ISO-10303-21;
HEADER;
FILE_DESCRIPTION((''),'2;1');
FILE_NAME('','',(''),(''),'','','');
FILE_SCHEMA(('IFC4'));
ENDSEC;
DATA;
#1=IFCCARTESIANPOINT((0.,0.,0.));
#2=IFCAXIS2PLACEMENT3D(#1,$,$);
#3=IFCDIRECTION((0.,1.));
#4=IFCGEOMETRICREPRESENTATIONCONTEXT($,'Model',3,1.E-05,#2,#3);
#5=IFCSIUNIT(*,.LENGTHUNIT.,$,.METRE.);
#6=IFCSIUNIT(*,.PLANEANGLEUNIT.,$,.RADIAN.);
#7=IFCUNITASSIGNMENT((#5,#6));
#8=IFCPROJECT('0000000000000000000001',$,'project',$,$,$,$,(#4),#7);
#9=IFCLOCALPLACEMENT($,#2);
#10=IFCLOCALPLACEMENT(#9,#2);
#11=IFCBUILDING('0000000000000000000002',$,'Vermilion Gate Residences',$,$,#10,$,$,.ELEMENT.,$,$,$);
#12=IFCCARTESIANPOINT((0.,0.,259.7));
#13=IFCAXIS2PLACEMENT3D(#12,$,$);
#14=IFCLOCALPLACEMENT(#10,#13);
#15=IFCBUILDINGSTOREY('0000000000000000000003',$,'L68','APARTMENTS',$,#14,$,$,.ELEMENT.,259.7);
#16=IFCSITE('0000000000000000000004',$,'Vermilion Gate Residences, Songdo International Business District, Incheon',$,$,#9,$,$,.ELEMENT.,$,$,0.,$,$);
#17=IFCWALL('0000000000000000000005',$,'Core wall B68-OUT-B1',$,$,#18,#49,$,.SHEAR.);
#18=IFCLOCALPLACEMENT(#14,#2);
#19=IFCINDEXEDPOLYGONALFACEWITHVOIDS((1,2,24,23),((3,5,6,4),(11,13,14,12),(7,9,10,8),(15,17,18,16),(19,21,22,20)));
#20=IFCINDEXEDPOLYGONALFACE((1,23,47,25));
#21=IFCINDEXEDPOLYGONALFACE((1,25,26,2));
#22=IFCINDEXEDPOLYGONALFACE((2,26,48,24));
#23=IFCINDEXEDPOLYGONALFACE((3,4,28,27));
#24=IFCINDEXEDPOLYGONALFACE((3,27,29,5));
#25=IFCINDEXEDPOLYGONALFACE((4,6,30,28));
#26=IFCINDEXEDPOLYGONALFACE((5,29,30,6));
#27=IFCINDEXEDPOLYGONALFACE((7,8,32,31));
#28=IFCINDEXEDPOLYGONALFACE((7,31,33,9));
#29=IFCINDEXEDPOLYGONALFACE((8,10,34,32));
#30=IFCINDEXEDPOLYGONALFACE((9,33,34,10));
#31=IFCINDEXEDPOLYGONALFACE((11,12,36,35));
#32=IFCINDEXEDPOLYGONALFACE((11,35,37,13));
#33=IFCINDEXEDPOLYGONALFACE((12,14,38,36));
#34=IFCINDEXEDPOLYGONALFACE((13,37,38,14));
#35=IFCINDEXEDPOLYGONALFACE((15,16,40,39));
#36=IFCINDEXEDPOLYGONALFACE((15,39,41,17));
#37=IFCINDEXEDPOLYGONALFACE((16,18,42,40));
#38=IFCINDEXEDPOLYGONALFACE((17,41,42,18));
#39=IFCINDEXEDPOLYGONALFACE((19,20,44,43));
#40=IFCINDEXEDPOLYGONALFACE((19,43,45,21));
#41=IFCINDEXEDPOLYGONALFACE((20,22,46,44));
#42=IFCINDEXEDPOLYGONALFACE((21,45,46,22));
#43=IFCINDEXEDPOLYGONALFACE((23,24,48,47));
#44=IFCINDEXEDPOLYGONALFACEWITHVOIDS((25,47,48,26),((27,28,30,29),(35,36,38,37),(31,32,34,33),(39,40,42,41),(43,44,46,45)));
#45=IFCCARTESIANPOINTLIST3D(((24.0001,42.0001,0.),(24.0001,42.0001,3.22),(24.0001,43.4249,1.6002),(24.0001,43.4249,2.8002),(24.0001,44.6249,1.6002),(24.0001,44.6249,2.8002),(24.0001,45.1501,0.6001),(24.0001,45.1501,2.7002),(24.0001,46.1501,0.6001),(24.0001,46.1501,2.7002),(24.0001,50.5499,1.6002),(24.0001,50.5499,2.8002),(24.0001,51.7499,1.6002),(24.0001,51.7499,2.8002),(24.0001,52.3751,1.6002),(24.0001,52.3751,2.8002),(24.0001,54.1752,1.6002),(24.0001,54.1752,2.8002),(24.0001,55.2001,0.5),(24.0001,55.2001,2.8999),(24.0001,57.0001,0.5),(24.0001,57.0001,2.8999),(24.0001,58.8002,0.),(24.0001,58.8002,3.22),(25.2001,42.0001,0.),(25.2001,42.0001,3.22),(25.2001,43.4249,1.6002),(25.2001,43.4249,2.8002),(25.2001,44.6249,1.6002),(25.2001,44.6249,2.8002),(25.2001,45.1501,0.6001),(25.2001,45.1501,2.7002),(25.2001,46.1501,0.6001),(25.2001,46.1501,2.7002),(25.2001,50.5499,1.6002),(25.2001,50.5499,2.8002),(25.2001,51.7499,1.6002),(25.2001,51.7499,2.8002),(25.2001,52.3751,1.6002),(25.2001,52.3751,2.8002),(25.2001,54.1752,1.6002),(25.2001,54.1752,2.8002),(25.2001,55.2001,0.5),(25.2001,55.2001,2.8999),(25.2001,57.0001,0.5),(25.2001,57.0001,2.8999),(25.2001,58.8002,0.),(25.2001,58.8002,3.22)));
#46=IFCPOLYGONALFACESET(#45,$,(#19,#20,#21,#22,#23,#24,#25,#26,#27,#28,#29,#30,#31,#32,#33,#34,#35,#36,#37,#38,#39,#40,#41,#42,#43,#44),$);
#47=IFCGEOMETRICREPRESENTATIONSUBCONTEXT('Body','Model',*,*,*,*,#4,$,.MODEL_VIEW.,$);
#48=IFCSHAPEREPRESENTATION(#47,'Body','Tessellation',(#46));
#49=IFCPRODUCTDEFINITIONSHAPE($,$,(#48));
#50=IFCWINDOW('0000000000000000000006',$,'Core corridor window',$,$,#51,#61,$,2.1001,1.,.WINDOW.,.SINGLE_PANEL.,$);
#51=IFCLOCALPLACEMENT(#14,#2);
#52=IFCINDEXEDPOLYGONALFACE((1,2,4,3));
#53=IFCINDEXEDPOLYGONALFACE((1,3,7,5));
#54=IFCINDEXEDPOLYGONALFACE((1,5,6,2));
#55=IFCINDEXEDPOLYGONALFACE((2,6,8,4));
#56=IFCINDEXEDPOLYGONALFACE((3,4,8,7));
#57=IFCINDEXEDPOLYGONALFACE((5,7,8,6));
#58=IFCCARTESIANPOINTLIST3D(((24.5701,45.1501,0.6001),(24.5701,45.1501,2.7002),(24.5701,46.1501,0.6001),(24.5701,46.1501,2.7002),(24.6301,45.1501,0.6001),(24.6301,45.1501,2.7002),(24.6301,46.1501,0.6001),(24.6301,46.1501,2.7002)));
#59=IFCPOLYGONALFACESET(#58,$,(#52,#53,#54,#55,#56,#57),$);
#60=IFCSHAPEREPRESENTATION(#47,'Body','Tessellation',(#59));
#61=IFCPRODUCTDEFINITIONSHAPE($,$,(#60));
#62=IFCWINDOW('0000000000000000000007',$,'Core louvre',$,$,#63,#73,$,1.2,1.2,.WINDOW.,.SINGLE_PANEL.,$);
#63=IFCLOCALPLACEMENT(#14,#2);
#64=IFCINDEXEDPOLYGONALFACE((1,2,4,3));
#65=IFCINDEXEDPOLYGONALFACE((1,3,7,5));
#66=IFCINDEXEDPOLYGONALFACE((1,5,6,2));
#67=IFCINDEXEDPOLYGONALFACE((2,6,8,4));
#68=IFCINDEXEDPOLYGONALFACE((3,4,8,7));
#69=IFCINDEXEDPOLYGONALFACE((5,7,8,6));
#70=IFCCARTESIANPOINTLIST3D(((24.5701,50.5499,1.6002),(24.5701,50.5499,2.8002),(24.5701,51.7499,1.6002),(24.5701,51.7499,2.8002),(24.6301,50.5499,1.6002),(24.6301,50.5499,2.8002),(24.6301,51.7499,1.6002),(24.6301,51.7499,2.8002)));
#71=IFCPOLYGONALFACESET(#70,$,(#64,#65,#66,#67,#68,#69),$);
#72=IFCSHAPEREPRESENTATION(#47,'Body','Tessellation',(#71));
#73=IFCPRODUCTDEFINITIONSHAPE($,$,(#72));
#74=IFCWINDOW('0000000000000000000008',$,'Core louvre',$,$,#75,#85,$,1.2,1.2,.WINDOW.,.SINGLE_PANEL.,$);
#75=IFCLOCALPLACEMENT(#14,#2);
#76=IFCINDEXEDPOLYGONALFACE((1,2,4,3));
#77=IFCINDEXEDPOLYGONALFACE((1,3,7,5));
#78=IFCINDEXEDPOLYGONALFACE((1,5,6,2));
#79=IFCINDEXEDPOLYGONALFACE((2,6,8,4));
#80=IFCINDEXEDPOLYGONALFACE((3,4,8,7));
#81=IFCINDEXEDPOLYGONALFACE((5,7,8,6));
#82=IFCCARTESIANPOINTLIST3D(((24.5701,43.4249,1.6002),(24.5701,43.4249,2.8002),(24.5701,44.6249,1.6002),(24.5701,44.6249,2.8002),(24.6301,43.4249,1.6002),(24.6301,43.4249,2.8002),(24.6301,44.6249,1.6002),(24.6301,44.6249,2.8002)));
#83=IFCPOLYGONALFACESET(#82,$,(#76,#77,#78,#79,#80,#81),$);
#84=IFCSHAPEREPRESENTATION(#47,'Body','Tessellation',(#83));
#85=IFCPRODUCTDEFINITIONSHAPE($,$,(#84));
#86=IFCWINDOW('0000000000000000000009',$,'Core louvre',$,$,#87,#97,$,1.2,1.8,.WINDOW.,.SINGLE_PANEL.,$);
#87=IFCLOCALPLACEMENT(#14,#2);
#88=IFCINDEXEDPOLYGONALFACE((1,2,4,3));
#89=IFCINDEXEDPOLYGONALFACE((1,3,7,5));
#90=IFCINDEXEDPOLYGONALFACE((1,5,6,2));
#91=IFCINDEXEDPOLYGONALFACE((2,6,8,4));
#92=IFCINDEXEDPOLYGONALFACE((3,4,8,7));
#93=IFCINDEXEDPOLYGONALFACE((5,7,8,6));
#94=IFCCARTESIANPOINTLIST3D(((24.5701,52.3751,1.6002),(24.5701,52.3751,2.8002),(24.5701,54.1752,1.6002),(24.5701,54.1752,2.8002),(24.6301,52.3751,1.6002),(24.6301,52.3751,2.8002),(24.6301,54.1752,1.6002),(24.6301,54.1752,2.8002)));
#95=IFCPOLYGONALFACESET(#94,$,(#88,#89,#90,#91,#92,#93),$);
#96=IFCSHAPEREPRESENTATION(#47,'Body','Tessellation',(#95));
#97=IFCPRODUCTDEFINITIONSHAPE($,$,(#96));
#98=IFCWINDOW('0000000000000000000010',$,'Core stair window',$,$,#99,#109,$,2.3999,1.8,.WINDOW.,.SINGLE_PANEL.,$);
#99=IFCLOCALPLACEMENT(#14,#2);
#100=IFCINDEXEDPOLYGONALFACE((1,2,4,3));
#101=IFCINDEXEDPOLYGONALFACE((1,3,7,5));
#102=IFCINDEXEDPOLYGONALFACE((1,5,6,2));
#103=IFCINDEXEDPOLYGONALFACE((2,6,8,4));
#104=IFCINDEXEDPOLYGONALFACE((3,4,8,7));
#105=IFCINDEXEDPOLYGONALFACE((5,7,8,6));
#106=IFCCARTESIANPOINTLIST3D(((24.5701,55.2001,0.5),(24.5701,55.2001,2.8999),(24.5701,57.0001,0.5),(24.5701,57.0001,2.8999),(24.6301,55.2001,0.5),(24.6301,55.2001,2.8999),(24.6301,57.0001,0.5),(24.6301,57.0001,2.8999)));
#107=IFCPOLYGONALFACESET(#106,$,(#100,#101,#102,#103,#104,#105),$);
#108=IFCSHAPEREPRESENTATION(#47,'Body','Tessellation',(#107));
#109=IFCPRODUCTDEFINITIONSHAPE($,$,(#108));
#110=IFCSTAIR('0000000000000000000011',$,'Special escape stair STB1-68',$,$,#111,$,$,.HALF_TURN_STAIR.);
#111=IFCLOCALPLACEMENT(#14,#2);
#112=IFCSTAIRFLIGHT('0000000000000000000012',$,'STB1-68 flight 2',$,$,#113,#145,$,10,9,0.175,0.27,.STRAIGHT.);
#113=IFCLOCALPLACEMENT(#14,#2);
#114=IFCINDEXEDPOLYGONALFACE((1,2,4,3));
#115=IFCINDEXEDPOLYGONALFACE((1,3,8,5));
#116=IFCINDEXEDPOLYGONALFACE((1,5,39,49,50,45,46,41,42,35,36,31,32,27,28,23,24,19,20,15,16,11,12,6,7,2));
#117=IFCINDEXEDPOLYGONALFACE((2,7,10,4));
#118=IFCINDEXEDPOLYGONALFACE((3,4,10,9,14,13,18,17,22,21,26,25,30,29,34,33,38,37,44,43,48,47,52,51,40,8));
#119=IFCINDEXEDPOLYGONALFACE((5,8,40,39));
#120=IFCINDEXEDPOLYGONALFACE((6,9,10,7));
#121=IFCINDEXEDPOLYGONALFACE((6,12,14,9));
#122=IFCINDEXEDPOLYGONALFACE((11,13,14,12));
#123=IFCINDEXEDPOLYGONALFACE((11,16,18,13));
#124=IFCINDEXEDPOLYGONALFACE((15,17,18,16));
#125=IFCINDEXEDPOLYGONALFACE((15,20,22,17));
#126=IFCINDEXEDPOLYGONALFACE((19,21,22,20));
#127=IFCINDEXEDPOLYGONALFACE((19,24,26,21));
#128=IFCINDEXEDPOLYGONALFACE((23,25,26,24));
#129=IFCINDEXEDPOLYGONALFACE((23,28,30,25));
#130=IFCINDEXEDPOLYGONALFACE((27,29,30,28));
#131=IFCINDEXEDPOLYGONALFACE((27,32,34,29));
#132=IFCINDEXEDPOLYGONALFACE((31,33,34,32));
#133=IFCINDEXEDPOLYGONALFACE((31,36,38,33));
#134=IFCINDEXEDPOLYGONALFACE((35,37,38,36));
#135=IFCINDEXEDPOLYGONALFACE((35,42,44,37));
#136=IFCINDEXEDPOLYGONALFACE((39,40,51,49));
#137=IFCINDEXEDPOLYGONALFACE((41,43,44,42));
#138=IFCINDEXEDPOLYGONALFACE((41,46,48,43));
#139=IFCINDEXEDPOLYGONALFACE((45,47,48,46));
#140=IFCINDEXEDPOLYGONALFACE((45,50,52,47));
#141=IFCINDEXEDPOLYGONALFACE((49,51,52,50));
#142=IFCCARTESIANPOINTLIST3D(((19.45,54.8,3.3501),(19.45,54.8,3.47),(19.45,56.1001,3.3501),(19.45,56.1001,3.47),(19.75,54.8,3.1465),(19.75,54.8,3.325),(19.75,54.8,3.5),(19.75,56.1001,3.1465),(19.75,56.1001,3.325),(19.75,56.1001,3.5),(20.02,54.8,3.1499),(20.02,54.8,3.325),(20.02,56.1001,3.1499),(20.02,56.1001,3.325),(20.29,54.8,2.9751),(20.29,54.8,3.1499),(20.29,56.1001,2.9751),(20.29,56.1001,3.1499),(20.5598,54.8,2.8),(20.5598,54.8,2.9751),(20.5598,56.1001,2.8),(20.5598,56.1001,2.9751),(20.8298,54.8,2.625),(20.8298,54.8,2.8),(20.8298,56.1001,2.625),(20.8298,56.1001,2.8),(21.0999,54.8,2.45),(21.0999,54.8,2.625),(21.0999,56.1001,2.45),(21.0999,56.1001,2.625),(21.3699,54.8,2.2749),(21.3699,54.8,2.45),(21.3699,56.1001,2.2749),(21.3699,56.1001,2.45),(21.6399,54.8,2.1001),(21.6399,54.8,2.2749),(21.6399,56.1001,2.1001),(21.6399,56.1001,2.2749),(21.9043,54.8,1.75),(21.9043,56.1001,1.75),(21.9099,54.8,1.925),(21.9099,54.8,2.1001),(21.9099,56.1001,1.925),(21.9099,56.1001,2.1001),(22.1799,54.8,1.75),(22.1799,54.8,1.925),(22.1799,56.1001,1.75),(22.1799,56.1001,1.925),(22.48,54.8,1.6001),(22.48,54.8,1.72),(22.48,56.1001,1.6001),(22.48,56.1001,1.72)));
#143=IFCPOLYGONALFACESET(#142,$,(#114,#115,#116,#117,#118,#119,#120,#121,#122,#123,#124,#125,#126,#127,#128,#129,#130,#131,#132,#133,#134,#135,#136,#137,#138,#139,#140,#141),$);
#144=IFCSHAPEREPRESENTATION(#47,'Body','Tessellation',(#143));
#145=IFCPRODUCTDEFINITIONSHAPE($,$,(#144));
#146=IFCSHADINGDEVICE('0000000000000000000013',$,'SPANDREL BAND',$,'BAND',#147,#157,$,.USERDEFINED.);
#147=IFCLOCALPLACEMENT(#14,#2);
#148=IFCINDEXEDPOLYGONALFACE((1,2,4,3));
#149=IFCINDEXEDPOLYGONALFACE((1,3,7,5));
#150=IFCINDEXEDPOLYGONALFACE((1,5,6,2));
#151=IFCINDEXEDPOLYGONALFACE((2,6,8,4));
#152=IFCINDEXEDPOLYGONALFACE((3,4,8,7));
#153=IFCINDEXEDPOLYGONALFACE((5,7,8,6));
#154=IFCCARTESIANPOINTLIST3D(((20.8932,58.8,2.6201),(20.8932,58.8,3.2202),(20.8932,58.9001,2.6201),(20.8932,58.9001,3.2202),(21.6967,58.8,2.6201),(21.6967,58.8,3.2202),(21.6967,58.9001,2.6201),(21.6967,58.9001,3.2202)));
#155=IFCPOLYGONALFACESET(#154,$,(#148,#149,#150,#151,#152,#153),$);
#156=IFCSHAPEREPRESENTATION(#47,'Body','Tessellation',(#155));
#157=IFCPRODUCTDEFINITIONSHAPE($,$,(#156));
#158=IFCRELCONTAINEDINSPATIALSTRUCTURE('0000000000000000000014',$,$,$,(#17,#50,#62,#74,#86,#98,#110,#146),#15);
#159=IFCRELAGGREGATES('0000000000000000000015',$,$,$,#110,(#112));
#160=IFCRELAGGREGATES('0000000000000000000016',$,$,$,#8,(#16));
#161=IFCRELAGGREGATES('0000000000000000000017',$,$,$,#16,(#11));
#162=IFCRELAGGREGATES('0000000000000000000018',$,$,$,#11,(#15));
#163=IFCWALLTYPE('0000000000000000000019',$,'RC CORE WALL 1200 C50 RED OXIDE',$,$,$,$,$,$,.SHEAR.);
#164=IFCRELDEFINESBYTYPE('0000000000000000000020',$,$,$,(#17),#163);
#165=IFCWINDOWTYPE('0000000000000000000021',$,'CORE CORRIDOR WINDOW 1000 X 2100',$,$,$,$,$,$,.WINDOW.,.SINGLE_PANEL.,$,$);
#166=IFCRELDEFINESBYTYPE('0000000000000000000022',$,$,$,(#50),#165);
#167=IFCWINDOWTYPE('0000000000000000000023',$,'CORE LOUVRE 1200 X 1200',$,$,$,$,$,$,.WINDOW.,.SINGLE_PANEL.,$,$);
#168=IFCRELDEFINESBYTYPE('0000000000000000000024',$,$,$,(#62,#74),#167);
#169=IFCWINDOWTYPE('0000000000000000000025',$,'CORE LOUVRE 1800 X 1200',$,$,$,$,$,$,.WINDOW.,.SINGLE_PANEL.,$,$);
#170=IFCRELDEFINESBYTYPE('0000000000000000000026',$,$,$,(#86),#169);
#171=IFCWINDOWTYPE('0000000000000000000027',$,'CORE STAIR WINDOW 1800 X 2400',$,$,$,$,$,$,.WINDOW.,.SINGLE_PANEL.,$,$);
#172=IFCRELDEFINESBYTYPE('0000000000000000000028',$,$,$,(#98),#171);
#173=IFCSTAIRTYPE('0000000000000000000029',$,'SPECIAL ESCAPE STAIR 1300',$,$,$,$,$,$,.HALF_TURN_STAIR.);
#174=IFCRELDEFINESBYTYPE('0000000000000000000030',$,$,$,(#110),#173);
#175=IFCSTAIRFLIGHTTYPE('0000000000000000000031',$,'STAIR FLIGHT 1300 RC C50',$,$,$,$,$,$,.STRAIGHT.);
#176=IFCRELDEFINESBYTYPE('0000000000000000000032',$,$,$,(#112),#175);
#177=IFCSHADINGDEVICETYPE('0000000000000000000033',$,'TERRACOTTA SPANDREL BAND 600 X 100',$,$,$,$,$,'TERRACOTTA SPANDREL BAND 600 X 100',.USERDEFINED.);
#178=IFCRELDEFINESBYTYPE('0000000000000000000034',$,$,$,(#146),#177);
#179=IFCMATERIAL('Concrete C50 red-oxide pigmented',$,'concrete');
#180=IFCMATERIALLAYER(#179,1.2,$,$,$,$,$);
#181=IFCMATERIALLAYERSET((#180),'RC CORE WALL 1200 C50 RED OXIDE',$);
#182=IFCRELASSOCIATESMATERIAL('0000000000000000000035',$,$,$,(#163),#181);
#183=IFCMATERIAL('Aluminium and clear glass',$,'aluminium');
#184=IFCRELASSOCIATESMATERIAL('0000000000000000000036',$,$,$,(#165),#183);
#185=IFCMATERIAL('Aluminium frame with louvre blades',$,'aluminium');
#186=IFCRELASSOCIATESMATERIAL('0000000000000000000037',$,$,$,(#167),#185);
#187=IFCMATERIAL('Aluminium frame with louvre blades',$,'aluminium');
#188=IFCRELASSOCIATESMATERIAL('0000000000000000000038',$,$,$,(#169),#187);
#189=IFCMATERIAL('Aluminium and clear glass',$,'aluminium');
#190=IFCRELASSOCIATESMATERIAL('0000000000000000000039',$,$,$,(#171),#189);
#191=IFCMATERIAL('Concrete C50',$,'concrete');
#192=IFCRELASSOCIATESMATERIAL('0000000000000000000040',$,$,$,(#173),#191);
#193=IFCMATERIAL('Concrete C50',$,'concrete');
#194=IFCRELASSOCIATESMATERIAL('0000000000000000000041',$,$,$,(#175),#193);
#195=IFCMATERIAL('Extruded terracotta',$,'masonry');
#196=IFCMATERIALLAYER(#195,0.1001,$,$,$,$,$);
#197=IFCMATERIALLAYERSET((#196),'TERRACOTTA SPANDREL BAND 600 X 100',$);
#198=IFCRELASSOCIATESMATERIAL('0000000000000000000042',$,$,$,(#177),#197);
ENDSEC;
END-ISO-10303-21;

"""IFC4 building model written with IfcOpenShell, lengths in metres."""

from ifc_helpers import new_model, si_unit, direction, frame, frame_2d, origin, origin_2d, place, context, subcontext, project, spatial, polyline, rectangle, outline, extrude, material, layer, layer_set, type_object, element, fill, aggregate, save


model = new_model("IFC4")

# Units and contexts
model_context = context("Model", 3, precision=1e-05, world=origin(), true_north=direction((0.0, 1.0)))
body_context = subcontext(model_context, "Body", "Model", "MODEL_VIEW")
ifc_project = project(units=[si_unit("LENGTHUNIT", "METRE"), si_unit("PLANEANGLEUNIT", "RADIAN")], contexts=[model_context])

# Site, building, storey
site_placement = place(None, origin())
site = spatial("IfcSite", under=ifc_project, at=site_placement, Name="Vermilion Gate Residences, Songdo International Business District, Incheon", CompositionType="ELEMENT", RefElevation=0.0)
building_placement = place(site_placement, origin())
building = spatial("IfcBuilding", under=site, at=building_placement, Name="Vermilion Gate Residences", CompositionType="ELEMENT")
storey_placement = place(building_placement, frame((0.0, 0.0, 259.7)))
storey = spatial("IfcBuildingStorey", under=building, at=storey_placement, Name="L68", Description="APARTMENTS", CompositionType="ELEMENT", Elevation=259.7)

# Wall, openings, windows
ifc_material_1 = material(Name="Concrete C50 red-oxide pigmented", Category="concrete")
ifc_layer_1 = layer(ifc_material_1, 1.2)
ifc_layer_set_1 = layer_set([ifc_layer_1], Name="RC CORE WALL 1200 C50 RED OXIDE")
wall_type_1 = type_object("IfcWallType", Name="RC CORE WALL 1200 C50 RED OXIDE", PredefinedType="SHEAR", material=ifc_layer_set_1)
wall_1_placement = place(storey_placement, frame((24.6001, 58.8, 0.0), z_axis=(0.0, 0.0, 1.0), x_axis=(0.0, -1.0, 0.0)))
wall_1 = element("IfcWall", 1, at=wall_1_placement, inside=storey, type_object=wall_type_1, Name="Core wall B68-OUT-B1", PredefinedType="SHEAR", context=body_context, shape_type="SweptSolid", body=[
    extrude(rectangle(XDim=16.8, YDim=1.2, at=frame_2d((8.3999, 0.0))), origin(), (0.0, 0.0, 1.0), 3.22),
])
opening_1_placement = place(wall_1_placement, frame((1.8, 0.0, 0.5)))
opening_1 = element("IfcOpeningElement", 2, at=opening_1_placement, cuts=wall_1, PredefinedType="OPENING", context=body_context, shape_type="SweptSolid", body=[
    extrude(rectangle(XDim=1.8, YDim=2.3999, at=frame_2d((0.8999, 1.2))), frame((0.0, 0.6099, 0.0), z_axis=(0.0, -1.0, 0.0), x_axis=(1.0, 0.0, 0.0)), (0.0, 0.0, 1.0), 1.22),
])
opening_2_placement = place(wall_1_placement, frame((4.625, 0.0, 1.6001)))
opening_2 = element("IfcOpeningElement", 3, at=opening_2_placement, cuts=wall_1, PredefinedType="OPENING", context=body_context, shape_type="SweptSolid", body=[
    extrude(rectangle(XDim=1.8, YDim=1.2, at=frame_2d((0.8999, 0.6001))), frame((0.0, 0.6099, 0.0), z_axis=(0.0, -1.0, 0.0), x_axis=(1.0, 0.0, 0.0)), (0.0, 0.0, 1.0), 1.22),
])
opening_3_placement = place(wall_1_placement, frame((7.05, 0.0, 1.6001)))
opening_3 = element("IfcOpeningElement", 4, at=opening_3_placement, cuts=wall_1, PredefinedType="OPENING", context=body_context, shape_type="SweptSolid", body=[
    extrude(rectangle(XDim=1.2, YDim=1.2, at=frame_2d((0.6001, 0.6001))), frame((0.0, 0.6099, 0.0), z_axis=(0.0, -1.0, 0.0), x_axis=(1.0, 0.0, 0.0)), (0.0, 0.0, 1.0), 1.22),
])
opening_4_placement = place(wall_1_placement, frame((12.6499, 0.0, 0.6001)))
opening_4 = element("IfcOpeningElement", 5, at=opening_4_placement, cuts=wall_1, PredefinedType="OPENING", context=body_context, shape_type="SweptSolid", body=[
    extrude(rectangle(XDim=1.0, YDim=2.1001, at=frame_2d((0.5, 1.05))), frame((0.0, 0.6099, 0.0), z_axis=(0.0, -1.0, 0.0), x_axis=(1.0, 0.0, 0.0)), (0.0, 0.0, 1.0), 1.22),
])
opening_5_placement = place(wall_1_placement, frame((14.175, 0.0, 1.6001)))
opening_5 = element("IfcOpeningElement", 6, at=opening_5_placement, cuts=wall_1, PredefinedType="OPENING", context=body_context, shape_type="SweptSolid", body=[
    extrude(rectangle(XDim=1.2, YDim=1.2, at=frame_2d((0.6001, 0.6001))), frame((0.0, 0.6099, 0.0), z_axis=(0.0, -1.0, 0.0), x_axis=(1.0, 0.0, 0.0)), (0.0, 0.0, 1.0), 1.22),
])
ifc_material_2 = material(Name="Aluminium and clear glass", Category="aluminium")
window_type_1 = type_object("IfcWindowType", Name="CORE CORRIDOR WINDOW 1000 X 2100", PartitioningType="SINGLE_PANEL", PredefinedType="WINDOW", material=ifc_material_2)
window_1_placement = place(opening_4_placement, origin())
window_1 = element("IfcWindow", 7, at=window_1_placement, inside=storey, type_object=window_type_1, Name="Core corridor window", OverallHeight=2.1001, OverallWidth=1.0, PartitioningType="SINGLE_PANEL", PredefinedType="WINDOW", context=body_context, shape_type="SweptSolid", body=[
    extrude(rectangle(XDim=1.0, YDim=2.1001, at=frame_2d((0.5, 1.05))), frame((0.0, 0.03, 0.0), z_axis=(0.0, -1.0, 0.0), x_axis=(1.0, 0.0, 0.0)), (0.0, 0.0, 1.0), 0.0601),
])
fill(opening_4, window_1)
ifc_material_3 = material(Name="Aluminium frame with louvre blades", Category="aluminium")
window_type_2 = type_object("IfcWindowType", Name="CORE LOUVRE 1200 X 1200", PartitioningType="SINGLE_PANEL", PredefinedType="WINDOW", material=ifc_material_3)
window_2_placement = place(opening_3_placement, origin())
window_2 = element("IfcWindow", 8, at=window_2_placement, inside=storey, type_object=window_type_2, Name="Core louvre", OverallHeight=1.2, OverallWidth=1.2, PartitioningType="SINGLE_PANEL", PredefinedType="WINDOW", context=body_context, shape_type="SweptSolid", body=[
    extrude(rectangle(XDim=1.2, YDim=1.2, at=frame_2d((0.6001, 0.6001))), frame((0.0, 0.03, 0.0), z_axis=(0.0, -1.0, 0.0), x_axis=(1.0, 0.0, 0.0)), (0.0, 0.0, 1.0), 0.0601),
])
fill(opening_3, window_2)
window_3_placement = place(opening_5_placement, origin())
window_3 = element("IfcWindow", 9, at=window_3_placement, inside=storey, type_object=window_type_2, Name="Core louvre", OverallHeight=1.2, OverallWidth=1.2, PartitioningType="SINGLE_PANEL", PredefinedType="WINDOW", context=body_context, shape_type="SweptSolid", body=[
    extrude(rectangle(XDim=1.2, YDim=1.2, at=frame_2d((0.6001, 0.6001))), frame((0.0, 0.03, 0.0), z_axis=(0.0, -1.0, 0.0), x_axis=(1.0, 0.0, 0.0)), (0.0, 0.0, 1.0), 0.0601),
])
fill(opening_5, window_3)
ifc_material_4 = material(Name="Aluminium frame with louvre blades", Category="aluminium")
window_type_3 = type_object("IfcWindowType", Name="CORE LOUVRE 1800 X 1200", PartitioningType="SINGLE_PANEL", PredefinedType="WINDOW", material=ifc_material_4)
window_4_placement = place(opening_2_placement, origin())
window_4 = element("IfcWindow", 10, at=window_4_placement, inside=storey, type_object=window_type_3, Name="Core louvre", OverallHeight=1.2, OverallWidth=1.8, PartitioningType="SINGLE_PANEL", PredefinedType="WINDOW", context=body_context, shape_type="SweptSolid", body=[
    extrude(rectangle(XDim=1.8, YDim=1.2, at=frame_2d((0.8999, 0.6001))), frame((0.0, 0.03, 0.0), z_axis=(0.0, -1.0, 0.0), x_axis=(1.0, 0.0, 0.0)), (0.0, 0.0, 1.0), 0.0601),
])
fill(opening_2, window_4)
ifc_material_5 = material(Name="Aluminium and clear glass", Category="aluminium")
window_type_4 = type_object("IfcWindowType", Name="CORE STAIR WINDOW 1800 X 2400", PartitioningType="SINGLE_PANEL", PredefinedType="WINDOW", material=ifc_material_5)
window_5_placement = place(opening_1_placement, origin())
window_5 = element("IfcWindow", 11, at=window_5_placement, inside=storey, type_object=window_type_4, Name="Core stair window", OverallHeight=2.3999, OverallWidth=1.8, PartitioningType="SINGLE_PANEL", PredefinedType="WINDOW", context=body_context, shape_type="SweptSolid", body=[
    extrude(rectangle(XDim=1.8, YDim=2.3999, at=frame_2d((0.8999, 1.2))), frame((0.0, 0.03, 0.0), z_axis=(0.0, -1.0, 0.0), x_axis=(1.0, 0.0, 0.0)), (0.0, 0.0, 1.0), 0.0601),
])
fill(opening_1, window_5)

# Stair, stair flight
ifc_material_6 = material(Name="Concrete C50", Category="concrete")
stair_type = type_object("IfcStairType", Name="SPECIAL ESCAPE STAIR 1300", PredefinedType="HALF_TURN_STAIR", material=ifc_material_6)
stair_placement = place(storey_placement, origin())
stair = element("IfcStair", 12, at=stair_placement, inside=storey, type_object=stair_type, Name="Special escape stair STB1-68", PredefinedType="HALF_TURN_STAIR")
ifc_material_7 = material(Name="Concrete C50", Category="concrete")
stair_flight_type = type_object("IfcStairFlightType", Name="STAIR FLIGHT 1300 RC C50", PredefinedType="STRAIGHT", material=ifc_material_7)
stair_flight_placement = place(storey_placement, frame((22.1799, 55.45, 1.75), z_axis=(0.0, 0.0, 1.0), x_axis=(-1.0, 0.0, 0.0)))
stair_flight = element("IfcStairFlight", 13, at=stair_flight_placement, type_object=stair_flight_type, Name="STB1-68 flight 2", NumberOfRisers=10, NumberOfTreads=9, PredefinedType="STRAIGHT", RiserHeight=0.175, TreadLength=0.27, context=body_context, shape_type="SweptSolid", body=[
    extrude(outline(polyline([(-0.3, -0.1499), (-0.3, -0.03), (0.0, 0.0), (0.0, 0.175), (0.27, 0.175), (0.27, 0.3501), (0.54, 0.3501), (0.54, 0.5249), (0.8101, 0.5249), (0.8101, 0.7), (1.0801, 0.7), (1.0801, 0.875), (1.3501, 0.875), (1.3501, 1.05), (1.6201, 1.05), (1.6201, 1.2251), (1.8899, 1.2251), (1.8899, 1.3999), (2.1599, 1.3999), (2.1599, 1.575), (2.4299, 1.575), (2.4299, 1.75), (2.73, 1.72), (2.73, 1.6001), (2.4299, 1.3965), (0.2756, 0.0), (-0.3, -0.1499)])), frame((0.0, 0.6499, 0.0), z_axis=(0.0, -1.0, 0.0), x_axis=(1.0, 0.0, 0.0)), (0.0, 0.0, 1.0), 1.3),
])
aggregate(stair, [stair_flight])

# Shading device
ifc_material_8 = material(Name="Extruded terracotta", Category="masonry")
ifc_layer_2 = layer(ifc_material_8, 0.1001)
ifc_layer_set_2 = layer_set([ifc_layer_2], Name="TERRACOTTA SPANDREL BAND 600 X 100")
shading_device_type = type_object("IfcShadingDeviceType", Name="TERRACOTTA SPANDREL BAND 600 X 100", ElementType="TERRACOTTA SPANDREL BAND 600 X 100", PredefinedType="USERDEFINED", material=ifc_layer_set_2)
shading_device_1_placement = place(storey_placement, frame((21.2949, 58.8501, 2.6201), z_axis=(0.0, 0.0, 1.0), x_axis=(1.0, 0.0, 0.0)))
element("IfcShadingDevice", 14, at=shading_device_1_placement, inside=storey, type_object=shading_device_type, Name="SPANDREL BAND", ObjectType="BAND", PredefinedType="USERDEFINED", context=body_context, shape_type="SweptSolid", body=[
    extrude(rectangle(XDim=0.8035, YDim=0.1001, at=origin_2d()), origin(), (0.0, 0.0, 1.0), 0.6001),
])

save(model, "model.ifc")
